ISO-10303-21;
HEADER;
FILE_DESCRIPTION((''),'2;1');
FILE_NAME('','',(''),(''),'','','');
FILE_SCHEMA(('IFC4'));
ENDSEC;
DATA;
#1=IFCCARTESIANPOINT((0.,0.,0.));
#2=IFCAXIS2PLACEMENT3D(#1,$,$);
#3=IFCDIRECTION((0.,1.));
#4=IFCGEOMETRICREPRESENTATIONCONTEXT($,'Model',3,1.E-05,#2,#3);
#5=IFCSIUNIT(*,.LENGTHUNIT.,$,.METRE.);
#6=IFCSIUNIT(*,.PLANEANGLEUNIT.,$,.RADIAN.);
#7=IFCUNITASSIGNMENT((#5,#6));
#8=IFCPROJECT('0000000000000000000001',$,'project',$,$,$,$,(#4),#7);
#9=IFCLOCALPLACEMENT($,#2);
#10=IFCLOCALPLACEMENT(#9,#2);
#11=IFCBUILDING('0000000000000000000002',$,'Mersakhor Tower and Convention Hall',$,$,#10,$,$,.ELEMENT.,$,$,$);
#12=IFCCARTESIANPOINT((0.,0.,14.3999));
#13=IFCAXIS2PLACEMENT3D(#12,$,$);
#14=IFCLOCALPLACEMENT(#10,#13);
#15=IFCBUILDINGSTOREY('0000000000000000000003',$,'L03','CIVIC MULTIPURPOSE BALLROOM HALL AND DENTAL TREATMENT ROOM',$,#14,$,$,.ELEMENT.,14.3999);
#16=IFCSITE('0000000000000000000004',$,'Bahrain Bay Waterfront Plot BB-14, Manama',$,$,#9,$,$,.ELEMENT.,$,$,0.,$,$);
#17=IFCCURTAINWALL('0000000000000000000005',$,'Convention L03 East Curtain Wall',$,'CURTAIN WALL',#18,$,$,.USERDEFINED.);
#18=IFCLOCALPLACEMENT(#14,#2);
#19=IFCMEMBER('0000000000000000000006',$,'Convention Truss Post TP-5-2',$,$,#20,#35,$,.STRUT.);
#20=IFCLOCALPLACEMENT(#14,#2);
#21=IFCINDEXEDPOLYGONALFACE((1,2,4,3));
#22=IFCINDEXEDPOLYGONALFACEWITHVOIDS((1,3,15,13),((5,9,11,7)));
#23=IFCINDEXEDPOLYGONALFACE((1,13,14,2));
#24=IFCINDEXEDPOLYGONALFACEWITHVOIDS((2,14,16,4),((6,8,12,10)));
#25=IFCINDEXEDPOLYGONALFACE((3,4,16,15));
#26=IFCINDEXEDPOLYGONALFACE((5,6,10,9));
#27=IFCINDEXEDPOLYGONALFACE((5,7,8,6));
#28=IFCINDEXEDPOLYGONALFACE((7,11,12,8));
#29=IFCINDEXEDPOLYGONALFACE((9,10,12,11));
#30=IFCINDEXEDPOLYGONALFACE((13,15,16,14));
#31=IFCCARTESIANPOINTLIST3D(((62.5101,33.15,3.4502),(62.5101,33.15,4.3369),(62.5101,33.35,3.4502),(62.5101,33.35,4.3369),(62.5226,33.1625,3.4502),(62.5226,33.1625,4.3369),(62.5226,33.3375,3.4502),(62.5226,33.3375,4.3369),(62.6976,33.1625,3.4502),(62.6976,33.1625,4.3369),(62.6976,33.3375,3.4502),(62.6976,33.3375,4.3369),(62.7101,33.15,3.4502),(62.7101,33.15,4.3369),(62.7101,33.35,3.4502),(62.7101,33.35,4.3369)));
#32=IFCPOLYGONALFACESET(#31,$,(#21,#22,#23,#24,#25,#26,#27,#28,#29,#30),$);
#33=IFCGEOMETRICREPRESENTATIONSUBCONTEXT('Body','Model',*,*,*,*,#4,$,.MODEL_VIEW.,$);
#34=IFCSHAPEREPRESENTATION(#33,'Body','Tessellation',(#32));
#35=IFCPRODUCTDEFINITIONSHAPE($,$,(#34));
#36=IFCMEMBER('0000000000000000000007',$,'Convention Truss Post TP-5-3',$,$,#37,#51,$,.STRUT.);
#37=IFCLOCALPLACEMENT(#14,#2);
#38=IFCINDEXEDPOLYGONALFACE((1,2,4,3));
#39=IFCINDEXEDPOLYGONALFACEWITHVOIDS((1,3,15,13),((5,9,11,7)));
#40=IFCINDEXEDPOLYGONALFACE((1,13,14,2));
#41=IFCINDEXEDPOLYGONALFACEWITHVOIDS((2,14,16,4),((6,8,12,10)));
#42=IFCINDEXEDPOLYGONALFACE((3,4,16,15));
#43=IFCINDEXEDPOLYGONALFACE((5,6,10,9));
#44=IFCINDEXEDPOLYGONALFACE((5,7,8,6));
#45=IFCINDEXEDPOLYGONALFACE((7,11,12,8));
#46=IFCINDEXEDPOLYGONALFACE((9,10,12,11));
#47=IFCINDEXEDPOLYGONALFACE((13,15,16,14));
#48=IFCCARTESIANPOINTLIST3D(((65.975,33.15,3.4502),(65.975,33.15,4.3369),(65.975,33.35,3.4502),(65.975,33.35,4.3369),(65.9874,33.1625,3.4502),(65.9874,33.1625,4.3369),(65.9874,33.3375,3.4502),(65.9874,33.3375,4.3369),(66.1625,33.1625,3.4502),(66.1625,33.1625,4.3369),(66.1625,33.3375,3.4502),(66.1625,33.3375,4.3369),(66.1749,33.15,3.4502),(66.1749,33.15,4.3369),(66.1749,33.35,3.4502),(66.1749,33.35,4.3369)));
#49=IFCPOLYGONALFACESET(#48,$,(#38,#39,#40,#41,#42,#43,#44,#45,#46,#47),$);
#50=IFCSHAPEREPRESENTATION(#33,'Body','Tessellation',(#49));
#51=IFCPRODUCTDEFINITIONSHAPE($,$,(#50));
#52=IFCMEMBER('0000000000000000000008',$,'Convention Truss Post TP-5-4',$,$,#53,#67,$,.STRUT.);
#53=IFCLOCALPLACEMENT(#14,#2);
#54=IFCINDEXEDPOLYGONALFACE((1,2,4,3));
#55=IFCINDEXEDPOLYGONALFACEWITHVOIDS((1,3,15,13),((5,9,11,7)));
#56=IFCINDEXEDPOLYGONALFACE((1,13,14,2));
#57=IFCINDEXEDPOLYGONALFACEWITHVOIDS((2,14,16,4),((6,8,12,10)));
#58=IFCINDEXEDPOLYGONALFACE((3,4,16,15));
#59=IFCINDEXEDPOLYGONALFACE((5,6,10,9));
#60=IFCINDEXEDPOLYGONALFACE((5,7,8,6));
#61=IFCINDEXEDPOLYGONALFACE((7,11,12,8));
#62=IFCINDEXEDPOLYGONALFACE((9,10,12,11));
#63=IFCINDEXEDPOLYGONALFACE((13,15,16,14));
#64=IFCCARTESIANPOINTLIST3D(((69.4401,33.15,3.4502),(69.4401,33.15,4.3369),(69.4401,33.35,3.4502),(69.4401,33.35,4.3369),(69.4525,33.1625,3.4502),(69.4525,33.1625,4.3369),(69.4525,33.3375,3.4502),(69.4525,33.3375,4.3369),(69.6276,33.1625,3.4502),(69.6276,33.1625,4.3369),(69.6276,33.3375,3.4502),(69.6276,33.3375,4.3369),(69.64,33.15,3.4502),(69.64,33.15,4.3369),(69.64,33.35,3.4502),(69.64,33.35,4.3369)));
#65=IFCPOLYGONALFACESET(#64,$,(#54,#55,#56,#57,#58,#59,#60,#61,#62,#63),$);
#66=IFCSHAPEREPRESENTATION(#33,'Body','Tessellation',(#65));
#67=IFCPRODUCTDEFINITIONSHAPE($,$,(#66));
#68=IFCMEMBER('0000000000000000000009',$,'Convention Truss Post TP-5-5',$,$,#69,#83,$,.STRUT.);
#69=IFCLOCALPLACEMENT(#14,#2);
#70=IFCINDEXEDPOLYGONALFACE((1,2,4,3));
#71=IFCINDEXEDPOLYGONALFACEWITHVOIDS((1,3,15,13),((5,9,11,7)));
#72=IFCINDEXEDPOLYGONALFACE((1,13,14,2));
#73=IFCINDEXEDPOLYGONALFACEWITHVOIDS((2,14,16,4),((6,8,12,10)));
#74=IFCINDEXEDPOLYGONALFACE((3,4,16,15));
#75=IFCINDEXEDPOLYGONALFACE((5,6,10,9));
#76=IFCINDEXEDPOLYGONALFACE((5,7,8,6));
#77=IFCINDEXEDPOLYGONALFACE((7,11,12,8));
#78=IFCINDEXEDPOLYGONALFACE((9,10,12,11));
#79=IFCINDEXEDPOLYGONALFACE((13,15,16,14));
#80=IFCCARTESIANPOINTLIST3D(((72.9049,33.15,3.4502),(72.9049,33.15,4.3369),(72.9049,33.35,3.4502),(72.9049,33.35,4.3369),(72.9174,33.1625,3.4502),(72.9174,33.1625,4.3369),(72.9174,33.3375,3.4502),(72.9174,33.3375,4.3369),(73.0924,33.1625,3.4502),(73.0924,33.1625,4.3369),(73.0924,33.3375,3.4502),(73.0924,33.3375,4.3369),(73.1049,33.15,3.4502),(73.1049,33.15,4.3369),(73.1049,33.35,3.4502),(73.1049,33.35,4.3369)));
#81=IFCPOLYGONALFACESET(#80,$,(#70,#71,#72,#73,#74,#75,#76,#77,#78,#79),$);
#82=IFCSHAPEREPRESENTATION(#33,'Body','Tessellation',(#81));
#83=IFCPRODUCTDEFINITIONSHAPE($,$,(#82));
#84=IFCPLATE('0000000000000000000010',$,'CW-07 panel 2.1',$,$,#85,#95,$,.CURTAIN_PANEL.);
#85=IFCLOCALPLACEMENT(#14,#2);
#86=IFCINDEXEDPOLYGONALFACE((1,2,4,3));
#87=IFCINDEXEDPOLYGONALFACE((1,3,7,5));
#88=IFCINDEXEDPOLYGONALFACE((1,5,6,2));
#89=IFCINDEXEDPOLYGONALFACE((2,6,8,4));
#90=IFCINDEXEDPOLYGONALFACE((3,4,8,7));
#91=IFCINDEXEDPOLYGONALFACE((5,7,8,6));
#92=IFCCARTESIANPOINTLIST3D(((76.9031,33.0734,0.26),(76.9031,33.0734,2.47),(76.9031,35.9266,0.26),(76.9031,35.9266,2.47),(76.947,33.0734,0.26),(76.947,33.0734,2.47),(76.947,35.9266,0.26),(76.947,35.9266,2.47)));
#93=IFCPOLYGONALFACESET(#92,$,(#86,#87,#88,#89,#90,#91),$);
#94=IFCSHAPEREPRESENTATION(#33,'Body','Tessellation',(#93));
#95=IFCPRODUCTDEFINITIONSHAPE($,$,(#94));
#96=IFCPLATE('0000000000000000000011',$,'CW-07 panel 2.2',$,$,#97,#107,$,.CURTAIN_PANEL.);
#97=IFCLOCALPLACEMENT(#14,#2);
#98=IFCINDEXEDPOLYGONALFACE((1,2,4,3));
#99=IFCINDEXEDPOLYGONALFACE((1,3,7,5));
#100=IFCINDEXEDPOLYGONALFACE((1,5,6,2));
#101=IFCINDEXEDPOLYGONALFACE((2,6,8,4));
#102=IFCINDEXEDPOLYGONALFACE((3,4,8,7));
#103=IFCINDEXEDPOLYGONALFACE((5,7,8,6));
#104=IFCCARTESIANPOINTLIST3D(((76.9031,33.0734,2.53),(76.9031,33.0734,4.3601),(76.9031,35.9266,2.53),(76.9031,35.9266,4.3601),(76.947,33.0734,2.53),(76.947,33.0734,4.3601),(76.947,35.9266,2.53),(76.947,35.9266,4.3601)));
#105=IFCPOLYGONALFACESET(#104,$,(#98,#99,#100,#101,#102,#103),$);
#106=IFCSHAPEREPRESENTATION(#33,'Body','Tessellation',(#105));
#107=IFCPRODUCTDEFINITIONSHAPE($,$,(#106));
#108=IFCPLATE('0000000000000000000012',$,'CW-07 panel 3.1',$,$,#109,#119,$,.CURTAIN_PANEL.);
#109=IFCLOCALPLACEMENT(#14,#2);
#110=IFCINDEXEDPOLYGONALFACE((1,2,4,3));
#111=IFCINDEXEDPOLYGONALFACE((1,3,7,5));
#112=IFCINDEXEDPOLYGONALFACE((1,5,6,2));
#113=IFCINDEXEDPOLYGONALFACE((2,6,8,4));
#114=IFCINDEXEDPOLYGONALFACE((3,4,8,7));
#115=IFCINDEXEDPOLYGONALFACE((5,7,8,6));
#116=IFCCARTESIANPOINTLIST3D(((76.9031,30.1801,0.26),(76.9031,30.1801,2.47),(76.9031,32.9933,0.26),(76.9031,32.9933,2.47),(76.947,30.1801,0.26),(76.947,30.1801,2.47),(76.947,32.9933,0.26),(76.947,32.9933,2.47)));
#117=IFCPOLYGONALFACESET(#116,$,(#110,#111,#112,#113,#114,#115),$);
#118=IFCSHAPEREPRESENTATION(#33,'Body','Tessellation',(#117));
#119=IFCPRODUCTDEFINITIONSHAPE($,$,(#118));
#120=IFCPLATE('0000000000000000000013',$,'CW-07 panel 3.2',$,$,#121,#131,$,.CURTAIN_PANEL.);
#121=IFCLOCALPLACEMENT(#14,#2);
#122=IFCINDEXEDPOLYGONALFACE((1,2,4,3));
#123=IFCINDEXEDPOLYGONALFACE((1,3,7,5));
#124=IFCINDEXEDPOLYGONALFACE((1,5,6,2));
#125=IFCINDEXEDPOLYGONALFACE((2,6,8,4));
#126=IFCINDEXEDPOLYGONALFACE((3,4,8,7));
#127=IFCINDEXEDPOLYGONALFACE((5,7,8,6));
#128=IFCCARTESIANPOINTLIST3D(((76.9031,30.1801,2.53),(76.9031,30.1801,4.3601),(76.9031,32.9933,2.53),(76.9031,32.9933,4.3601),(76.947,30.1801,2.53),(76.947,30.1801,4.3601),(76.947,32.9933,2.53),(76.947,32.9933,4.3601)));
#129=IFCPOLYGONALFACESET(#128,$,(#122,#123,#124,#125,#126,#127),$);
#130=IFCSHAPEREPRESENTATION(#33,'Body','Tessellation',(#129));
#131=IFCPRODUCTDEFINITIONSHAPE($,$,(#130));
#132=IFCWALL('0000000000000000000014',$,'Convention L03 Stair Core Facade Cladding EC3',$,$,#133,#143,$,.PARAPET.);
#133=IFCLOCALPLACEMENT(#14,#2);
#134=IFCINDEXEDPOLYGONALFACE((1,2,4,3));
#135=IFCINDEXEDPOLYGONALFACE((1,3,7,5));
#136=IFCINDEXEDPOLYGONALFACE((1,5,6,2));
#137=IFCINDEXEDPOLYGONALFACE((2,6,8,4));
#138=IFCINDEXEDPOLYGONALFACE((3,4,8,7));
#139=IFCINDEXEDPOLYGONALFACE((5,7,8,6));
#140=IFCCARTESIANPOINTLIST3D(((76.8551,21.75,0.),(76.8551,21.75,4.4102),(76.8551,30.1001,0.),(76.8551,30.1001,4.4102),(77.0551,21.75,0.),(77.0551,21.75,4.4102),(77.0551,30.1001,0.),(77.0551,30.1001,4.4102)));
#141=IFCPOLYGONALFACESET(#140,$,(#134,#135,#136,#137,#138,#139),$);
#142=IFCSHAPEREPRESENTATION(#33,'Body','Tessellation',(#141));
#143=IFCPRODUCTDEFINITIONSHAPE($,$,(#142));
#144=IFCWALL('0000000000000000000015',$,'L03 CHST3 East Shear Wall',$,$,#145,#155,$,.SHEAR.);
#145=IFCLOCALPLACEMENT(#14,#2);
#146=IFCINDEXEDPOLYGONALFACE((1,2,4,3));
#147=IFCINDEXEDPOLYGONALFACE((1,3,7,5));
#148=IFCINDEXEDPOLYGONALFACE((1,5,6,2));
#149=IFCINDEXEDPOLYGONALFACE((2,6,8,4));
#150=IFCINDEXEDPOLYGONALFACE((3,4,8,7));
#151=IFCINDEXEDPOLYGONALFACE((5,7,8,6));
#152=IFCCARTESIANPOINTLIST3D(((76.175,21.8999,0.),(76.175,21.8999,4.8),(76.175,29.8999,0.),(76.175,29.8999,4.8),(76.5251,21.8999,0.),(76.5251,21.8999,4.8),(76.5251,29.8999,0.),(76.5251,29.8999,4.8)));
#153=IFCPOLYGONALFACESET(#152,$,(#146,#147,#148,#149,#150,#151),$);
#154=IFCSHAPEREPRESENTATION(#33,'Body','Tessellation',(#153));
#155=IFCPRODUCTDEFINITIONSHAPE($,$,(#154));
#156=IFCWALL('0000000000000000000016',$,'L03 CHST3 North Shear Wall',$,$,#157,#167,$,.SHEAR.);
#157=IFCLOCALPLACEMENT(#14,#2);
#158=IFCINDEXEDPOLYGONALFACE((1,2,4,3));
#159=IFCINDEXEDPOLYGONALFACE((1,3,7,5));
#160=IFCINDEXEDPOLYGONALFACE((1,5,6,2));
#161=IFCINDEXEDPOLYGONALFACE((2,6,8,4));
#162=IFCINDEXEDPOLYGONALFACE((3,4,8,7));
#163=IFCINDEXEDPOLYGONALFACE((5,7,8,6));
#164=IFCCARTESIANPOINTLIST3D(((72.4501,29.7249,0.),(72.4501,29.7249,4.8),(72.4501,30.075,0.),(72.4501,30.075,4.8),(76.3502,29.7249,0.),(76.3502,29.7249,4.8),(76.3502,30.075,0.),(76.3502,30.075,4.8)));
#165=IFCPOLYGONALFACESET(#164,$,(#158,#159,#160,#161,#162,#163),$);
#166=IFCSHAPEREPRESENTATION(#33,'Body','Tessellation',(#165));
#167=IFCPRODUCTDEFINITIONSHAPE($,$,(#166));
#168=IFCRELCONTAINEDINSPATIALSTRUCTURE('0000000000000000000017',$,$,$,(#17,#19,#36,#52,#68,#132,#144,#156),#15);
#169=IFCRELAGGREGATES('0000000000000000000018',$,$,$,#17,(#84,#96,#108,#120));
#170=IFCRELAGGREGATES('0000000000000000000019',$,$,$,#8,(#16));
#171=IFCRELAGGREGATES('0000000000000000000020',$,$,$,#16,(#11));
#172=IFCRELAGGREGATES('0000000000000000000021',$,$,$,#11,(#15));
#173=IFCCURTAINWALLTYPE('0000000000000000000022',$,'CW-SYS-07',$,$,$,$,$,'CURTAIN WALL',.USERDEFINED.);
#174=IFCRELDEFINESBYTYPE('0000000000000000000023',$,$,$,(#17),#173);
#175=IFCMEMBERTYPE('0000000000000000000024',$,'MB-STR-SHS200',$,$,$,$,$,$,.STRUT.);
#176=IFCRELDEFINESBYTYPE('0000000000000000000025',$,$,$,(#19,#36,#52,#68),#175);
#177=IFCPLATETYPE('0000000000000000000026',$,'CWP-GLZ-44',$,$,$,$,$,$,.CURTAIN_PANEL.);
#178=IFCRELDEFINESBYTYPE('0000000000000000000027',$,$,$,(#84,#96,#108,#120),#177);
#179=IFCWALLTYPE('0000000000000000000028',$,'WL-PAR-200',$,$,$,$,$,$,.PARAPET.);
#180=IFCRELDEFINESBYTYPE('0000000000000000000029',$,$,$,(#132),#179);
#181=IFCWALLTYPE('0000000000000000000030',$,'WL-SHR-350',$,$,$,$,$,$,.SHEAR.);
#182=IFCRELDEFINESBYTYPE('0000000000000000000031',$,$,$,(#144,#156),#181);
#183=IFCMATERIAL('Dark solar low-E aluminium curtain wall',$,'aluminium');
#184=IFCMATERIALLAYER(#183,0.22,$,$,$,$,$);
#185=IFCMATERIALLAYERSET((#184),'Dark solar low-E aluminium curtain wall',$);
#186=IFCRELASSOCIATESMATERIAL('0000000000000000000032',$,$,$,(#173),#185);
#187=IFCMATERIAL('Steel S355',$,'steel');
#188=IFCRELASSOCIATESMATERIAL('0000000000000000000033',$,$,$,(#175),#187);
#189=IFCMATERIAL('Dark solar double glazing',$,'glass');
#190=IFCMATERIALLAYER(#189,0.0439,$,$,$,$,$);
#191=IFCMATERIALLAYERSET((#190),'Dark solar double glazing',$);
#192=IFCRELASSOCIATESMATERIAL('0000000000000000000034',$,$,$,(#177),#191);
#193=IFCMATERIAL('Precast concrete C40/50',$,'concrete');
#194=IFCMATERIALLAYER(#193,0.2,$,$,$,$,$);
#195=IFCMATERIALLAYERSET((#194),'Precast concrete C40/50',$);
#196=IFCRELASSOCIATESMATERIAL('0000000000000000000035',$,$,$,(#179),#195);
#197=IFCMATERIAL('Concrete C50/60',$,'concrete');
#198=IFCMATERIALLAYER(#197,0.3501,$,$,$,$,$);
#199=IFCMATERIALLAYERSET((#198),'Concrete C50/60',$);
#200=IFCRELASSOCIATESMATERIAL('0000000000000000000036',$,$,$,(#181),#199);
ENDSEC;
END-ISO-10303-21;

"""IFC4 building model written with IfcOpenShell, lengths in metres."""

from ifc_helpers import new_model, si_unit, direction, frame, frame_2d, origin, origin_2d, place, context, subcontext, project, spatial, rectangle, hollow_rectangle, extrude, material, layer, layer_set, material_profile, profile_set, type_object, element, aggregate, save


model = new_model("IFC4")

# Units and contexts
model_context = context("Model", 3, precision=1e-05, world=origin(), true_north=direction((0.0, 1.0)))
body_context = subcontext(model_context, "Body", "Model", "MODEL_VIEW")
ifc_project = project(units=[si_unit("LENGTHUNIT", "METRE"), si_unit("PLANEANGLEUNIT", "RADIAN")], contexts=[model_context])

# Site, building, storey
site_placement = place(None, origin())
site = spatial("IfcSite", under=ifc_project, at=site_placement, Name="Bahrain Bay Waterfront Plot BB-14, Manama", CompositionType="ELEMENT", RefElevation=0.0)
building_placement = place(site_placement, origin())
building = spatial("IfcBuilding", under=site, at=building_placement, Name="Mersakhor Tower and Convention Hall", CompositionType="ELEMENT")
storey_placement = place(building_placement, frame((0.0, 0.0, 14.3999)))
storey = spatial("IfcBuildingStorey", under=building, at=storey_placement, Name="L03", Description="CIVIC MULTIPURPOSE BALLROOM HALL AND DENTAL TREATMENT ROOM", CompositionType="ELEMENT", Elevation=14.3999)

# Curtain wall
ifc_material_1 = material(Name="Dark solar low-E aluminium curtain wall", Category="aluminium")
ifc_layer_1 = layer(ifc_material_1, 0.22)
ifc_layer_set_1 = layer_set([ifc_layer_1], Name="Dark solar low-E aluminium curtain wall")
curtain_wall_type = type_object("IfcCurtainWallType", Name="CW-SYS-07", ElementType="CURTAIN WALL", PredefinedType="USERDEFINED", material=ifc_layer_set_1)
curtain_wall_placement = place(storey_placement, origin())
curtain_wall = element("IfcCurtainWall", 1, at=curtain_wall_placement, inside=storey, type_object=curtain_wall_type, Name="Convention L03 East Curtain Wall", ObjectType="CURTAIN WALL", PredefinedType="USERDEFINED")

# Members
ifc_material_2 = material(Name="Steel S355", Category="steel")
ifc_material_profile_1 = material_profile(ifc_material_2, hollow_rectangle(XDim=0.2, YDim=0.2, WallThickness=0.0125, at=origin_2d()), Name="SHS 200x200x12.5")
ifc_profile_set_1 = profile_set([ifc_material_profile_1], Name="Steel S355")
member_type_1 = type_object("IfcMemberType", Name="MB-STR-SHS200", PredefinedType="STRUT", material=ifc_profile_set_1)
for number, where, z_axis, x_axis, name in (
    (2, (62.6101, 33.25, 3.4502), (0.0, 0.0, 1.0), (1.0, 0.0, 0.0), "Convention Truss Post TP-5-2"),
    (3, (66.075, 33.25, 3.4502), (0.0, 0.0, 1.0), (1.0, 0.0, 0.0), "Convention Truss Post TP-5-3"),
    (4, (69.54, 33.25, 3.4502), (0.0, 0.0, 1.0), (1.0, 0.0, 0.0), "Convention Truss Post TP-5-4"),
    (5, (73.0049, 33.25, 3.4502), (0.0, 0.0, 1.0), (1.0, 0.0, 0.0), "Convention Truss Post TP-5-5"),
):
    element("IfcMember", number, at=place(storey_placement, frame(where, z_axis=z_axis, x_axis=x_axis)), inside=storey, type_object=member_type_1, Name=name, PredefinedType="STRUT", context=body_context, shape_type="SweptSolid", body=[
        extrude(hollow_rectangle(XDim=0.2, YDim=0.2, WallThickness=0.0125, at=origin_2d()), origin(), (0.0, 0.0, 1.0), 0.8867),
    ])

# Plates
ifc_material_3 = material(Name="Dark solar double glazing", Category="glass")
ifc_layer_2 = layer(ifc_material_3, 0.0439)
ifc_layer_set_2 = layer_set([ifc_layer_2], Name="Dark solar double glazing")
plate_type = type_object("IfcPlateType", Name="CWP-GLZ-44", PredefinedType="CURTAIN_PANEL", material=ifc_layer_set_2)
plate_1_placement = place(storey_placement, frame((76.925, 34.5, 0.26), z_axis=(0.0, 0.0, 1.0), x_axis=(0.0, -1.0, 0.0)))
plate_1 = element("IfcPlate", 6, at=plate_1_placement, type_object=plate_type, Name="CW-07 panel 2.1", PredefinedType="CURTAIN_PANEL", context=body_context, shape_type="SweptSolid", body=[
    extrude(rectangle(XDim=2.8533, YDim=0.0439, at=origin_2d()), origin(), (0.0, 0.0, 1.0), 2.21),
])
plate_2_placement = place(storey_placement, frame((76.925, 34.5, 2.53), z_axis=(0.0, 0.0, 1.0), x_axis=(0.0, -1.0, 0.0)))
plate_2 = element("IfcPlate", 7, at=plate_2_placement, type_object=plate_type, Name="CW-07 panel 2.2", PredefinedType="CURTAIN_PANEL", context=body_context, shape_type="SweptSolid", body=[
    extrude(rectangle(XDim=2.8533, YDim=0.0439, at=origin_2d()), origin(), (0.0, 0.0, 1.0), 1.8301),
])
plate_3_placement = place(storey_placement, frame((76.925, 31.5867, 0.26), z_axis=(0.0, 0.0, 1.0), x_axis=(0.0, -1.0, 0.0)))
plate_3 = element("IfcPlate", 8, at=plate_3_placement, type_object=plate_type, Name="CW-07 panel 3.1", PredefinedType="CURTAIN_PANEL", context=body_context, shape_type="SweptSolid", body=[
    extrude(rectangle(XDim=2.8132, YDim=0.0439, at=origin_2d()), origin(), (0.0, 0.0, 1.0), 2.21),
])
plate_4_placement = place(storey_placement, frame((76.925, 31.5867, 2.53), z_axis=(0.0, 0.0, 1.0), x_axis=(0.0, -1.0, 0.0)))
plate_4 = element("IfcPlate", 9, at=plate_4_placement, type_object=plate_type, Name="CW-07 panel 3.2", PredefinedType="CURTAIN_PANEL", context=body_context, shape_type="SweptSolid", body=[
    extrude(rectangle(XDim=2.8132, YDim=0.0439, at=origin_2d()), origin(), (0.0, 0.0, 1.0), 1.8301),
])
aggregate(curtain_wall, [plate_1, plate_2, plate_3, plate_4])

# Walls
ifc_material_4 = material(Name="Precast concrete C40/50", Category="concrete")
ifc_layer_3 = layer(ifc_material_4, 0.2)
ifc_layer_set_3 = layer_set([ifc_layer_3], Name="Precast concrete C40/50")
wall_type_1 = type_object("IfcWallType", Name="WL-PAR-200", PredefinedType="PARAPET", material=ifc_layer_set_3)
wall_1_placement = place(storey_placement, frame((76.9551, 30.1001, 0.0), z_axis=(0.0, 0.0, 1.0), x_axis=(0.0, -1.0, 0.0)))
element("IfcWall", 10, at=wall_1_placement, inside=storey, type_object=wall_type_1, Name="Convention L03 Stair Core Facade Cladding EC3", PredefinedType="PARAPET", context=body_context, shape_type="SweptSolid", body=[
    extrude(rectangle(XDim=8.3501, YDim=0.2, at=frame_2d((4.175, 0.0))), origin(), (0.0, 0.0, 1.0), 4.4102),
])
ifc_material_5 = material(Name="Concrete C50/60", Category="concrete")
ifc_layer_4 = layer(ifc_material_5, 0.3501)
ifc_layer_set_4 = layer_set([ifc_layer_4], Name="Concrete C50/60")
wall_type_2 = type_object("IfcWallType", Name="WL-SHR-350", PredefinedType="SHEAR", material=ifc_layer_set_4)
wall_2_placement = place(storey_placement, frame((76.3501, 29.8999, 0.0), z_axis=(0.0, 0.0, 1.0), x_axis=(0.0, -1.0, 0.0)))
element("IfcWall", 11, at=wall_2_placement, inside=storey, type_object=wall_type_2, Name="L03 CHST3 East Shear Wall", PredefinedType="SHEAR", context=body_context, shape_type="SweptSolid", body=[
    extrude(rectangle(XDim=8.0, YDim=0.3501, at=frame_2d((4.0, 0.0))), origin(), (0.0, 0.0, 1.0), 4.8),
])
wall_3_placement = place(storey_placement, frame((72.45, 29.8999, 0.0), z_axis=(0.0, 0.0, 1.0), x_axis=(1.0, 0.0, 0.0)))
element("IfcWall", 12, at=wall_3_placement, inside=storey, type_object=wall_type_2, Name="L03 CHST3 North Shear Wall", PredefinedType="SHEAR", context=body_context, shape_type="SweptSolid", body=[
    extrude(rectangle(XDim=3.9001, YDim=0.3501, at=frame_2d((1.9502, 0.0))), origin(), (0.0, 0.0, 1.0), 4.8),
])

save(model, "model.ifc")
